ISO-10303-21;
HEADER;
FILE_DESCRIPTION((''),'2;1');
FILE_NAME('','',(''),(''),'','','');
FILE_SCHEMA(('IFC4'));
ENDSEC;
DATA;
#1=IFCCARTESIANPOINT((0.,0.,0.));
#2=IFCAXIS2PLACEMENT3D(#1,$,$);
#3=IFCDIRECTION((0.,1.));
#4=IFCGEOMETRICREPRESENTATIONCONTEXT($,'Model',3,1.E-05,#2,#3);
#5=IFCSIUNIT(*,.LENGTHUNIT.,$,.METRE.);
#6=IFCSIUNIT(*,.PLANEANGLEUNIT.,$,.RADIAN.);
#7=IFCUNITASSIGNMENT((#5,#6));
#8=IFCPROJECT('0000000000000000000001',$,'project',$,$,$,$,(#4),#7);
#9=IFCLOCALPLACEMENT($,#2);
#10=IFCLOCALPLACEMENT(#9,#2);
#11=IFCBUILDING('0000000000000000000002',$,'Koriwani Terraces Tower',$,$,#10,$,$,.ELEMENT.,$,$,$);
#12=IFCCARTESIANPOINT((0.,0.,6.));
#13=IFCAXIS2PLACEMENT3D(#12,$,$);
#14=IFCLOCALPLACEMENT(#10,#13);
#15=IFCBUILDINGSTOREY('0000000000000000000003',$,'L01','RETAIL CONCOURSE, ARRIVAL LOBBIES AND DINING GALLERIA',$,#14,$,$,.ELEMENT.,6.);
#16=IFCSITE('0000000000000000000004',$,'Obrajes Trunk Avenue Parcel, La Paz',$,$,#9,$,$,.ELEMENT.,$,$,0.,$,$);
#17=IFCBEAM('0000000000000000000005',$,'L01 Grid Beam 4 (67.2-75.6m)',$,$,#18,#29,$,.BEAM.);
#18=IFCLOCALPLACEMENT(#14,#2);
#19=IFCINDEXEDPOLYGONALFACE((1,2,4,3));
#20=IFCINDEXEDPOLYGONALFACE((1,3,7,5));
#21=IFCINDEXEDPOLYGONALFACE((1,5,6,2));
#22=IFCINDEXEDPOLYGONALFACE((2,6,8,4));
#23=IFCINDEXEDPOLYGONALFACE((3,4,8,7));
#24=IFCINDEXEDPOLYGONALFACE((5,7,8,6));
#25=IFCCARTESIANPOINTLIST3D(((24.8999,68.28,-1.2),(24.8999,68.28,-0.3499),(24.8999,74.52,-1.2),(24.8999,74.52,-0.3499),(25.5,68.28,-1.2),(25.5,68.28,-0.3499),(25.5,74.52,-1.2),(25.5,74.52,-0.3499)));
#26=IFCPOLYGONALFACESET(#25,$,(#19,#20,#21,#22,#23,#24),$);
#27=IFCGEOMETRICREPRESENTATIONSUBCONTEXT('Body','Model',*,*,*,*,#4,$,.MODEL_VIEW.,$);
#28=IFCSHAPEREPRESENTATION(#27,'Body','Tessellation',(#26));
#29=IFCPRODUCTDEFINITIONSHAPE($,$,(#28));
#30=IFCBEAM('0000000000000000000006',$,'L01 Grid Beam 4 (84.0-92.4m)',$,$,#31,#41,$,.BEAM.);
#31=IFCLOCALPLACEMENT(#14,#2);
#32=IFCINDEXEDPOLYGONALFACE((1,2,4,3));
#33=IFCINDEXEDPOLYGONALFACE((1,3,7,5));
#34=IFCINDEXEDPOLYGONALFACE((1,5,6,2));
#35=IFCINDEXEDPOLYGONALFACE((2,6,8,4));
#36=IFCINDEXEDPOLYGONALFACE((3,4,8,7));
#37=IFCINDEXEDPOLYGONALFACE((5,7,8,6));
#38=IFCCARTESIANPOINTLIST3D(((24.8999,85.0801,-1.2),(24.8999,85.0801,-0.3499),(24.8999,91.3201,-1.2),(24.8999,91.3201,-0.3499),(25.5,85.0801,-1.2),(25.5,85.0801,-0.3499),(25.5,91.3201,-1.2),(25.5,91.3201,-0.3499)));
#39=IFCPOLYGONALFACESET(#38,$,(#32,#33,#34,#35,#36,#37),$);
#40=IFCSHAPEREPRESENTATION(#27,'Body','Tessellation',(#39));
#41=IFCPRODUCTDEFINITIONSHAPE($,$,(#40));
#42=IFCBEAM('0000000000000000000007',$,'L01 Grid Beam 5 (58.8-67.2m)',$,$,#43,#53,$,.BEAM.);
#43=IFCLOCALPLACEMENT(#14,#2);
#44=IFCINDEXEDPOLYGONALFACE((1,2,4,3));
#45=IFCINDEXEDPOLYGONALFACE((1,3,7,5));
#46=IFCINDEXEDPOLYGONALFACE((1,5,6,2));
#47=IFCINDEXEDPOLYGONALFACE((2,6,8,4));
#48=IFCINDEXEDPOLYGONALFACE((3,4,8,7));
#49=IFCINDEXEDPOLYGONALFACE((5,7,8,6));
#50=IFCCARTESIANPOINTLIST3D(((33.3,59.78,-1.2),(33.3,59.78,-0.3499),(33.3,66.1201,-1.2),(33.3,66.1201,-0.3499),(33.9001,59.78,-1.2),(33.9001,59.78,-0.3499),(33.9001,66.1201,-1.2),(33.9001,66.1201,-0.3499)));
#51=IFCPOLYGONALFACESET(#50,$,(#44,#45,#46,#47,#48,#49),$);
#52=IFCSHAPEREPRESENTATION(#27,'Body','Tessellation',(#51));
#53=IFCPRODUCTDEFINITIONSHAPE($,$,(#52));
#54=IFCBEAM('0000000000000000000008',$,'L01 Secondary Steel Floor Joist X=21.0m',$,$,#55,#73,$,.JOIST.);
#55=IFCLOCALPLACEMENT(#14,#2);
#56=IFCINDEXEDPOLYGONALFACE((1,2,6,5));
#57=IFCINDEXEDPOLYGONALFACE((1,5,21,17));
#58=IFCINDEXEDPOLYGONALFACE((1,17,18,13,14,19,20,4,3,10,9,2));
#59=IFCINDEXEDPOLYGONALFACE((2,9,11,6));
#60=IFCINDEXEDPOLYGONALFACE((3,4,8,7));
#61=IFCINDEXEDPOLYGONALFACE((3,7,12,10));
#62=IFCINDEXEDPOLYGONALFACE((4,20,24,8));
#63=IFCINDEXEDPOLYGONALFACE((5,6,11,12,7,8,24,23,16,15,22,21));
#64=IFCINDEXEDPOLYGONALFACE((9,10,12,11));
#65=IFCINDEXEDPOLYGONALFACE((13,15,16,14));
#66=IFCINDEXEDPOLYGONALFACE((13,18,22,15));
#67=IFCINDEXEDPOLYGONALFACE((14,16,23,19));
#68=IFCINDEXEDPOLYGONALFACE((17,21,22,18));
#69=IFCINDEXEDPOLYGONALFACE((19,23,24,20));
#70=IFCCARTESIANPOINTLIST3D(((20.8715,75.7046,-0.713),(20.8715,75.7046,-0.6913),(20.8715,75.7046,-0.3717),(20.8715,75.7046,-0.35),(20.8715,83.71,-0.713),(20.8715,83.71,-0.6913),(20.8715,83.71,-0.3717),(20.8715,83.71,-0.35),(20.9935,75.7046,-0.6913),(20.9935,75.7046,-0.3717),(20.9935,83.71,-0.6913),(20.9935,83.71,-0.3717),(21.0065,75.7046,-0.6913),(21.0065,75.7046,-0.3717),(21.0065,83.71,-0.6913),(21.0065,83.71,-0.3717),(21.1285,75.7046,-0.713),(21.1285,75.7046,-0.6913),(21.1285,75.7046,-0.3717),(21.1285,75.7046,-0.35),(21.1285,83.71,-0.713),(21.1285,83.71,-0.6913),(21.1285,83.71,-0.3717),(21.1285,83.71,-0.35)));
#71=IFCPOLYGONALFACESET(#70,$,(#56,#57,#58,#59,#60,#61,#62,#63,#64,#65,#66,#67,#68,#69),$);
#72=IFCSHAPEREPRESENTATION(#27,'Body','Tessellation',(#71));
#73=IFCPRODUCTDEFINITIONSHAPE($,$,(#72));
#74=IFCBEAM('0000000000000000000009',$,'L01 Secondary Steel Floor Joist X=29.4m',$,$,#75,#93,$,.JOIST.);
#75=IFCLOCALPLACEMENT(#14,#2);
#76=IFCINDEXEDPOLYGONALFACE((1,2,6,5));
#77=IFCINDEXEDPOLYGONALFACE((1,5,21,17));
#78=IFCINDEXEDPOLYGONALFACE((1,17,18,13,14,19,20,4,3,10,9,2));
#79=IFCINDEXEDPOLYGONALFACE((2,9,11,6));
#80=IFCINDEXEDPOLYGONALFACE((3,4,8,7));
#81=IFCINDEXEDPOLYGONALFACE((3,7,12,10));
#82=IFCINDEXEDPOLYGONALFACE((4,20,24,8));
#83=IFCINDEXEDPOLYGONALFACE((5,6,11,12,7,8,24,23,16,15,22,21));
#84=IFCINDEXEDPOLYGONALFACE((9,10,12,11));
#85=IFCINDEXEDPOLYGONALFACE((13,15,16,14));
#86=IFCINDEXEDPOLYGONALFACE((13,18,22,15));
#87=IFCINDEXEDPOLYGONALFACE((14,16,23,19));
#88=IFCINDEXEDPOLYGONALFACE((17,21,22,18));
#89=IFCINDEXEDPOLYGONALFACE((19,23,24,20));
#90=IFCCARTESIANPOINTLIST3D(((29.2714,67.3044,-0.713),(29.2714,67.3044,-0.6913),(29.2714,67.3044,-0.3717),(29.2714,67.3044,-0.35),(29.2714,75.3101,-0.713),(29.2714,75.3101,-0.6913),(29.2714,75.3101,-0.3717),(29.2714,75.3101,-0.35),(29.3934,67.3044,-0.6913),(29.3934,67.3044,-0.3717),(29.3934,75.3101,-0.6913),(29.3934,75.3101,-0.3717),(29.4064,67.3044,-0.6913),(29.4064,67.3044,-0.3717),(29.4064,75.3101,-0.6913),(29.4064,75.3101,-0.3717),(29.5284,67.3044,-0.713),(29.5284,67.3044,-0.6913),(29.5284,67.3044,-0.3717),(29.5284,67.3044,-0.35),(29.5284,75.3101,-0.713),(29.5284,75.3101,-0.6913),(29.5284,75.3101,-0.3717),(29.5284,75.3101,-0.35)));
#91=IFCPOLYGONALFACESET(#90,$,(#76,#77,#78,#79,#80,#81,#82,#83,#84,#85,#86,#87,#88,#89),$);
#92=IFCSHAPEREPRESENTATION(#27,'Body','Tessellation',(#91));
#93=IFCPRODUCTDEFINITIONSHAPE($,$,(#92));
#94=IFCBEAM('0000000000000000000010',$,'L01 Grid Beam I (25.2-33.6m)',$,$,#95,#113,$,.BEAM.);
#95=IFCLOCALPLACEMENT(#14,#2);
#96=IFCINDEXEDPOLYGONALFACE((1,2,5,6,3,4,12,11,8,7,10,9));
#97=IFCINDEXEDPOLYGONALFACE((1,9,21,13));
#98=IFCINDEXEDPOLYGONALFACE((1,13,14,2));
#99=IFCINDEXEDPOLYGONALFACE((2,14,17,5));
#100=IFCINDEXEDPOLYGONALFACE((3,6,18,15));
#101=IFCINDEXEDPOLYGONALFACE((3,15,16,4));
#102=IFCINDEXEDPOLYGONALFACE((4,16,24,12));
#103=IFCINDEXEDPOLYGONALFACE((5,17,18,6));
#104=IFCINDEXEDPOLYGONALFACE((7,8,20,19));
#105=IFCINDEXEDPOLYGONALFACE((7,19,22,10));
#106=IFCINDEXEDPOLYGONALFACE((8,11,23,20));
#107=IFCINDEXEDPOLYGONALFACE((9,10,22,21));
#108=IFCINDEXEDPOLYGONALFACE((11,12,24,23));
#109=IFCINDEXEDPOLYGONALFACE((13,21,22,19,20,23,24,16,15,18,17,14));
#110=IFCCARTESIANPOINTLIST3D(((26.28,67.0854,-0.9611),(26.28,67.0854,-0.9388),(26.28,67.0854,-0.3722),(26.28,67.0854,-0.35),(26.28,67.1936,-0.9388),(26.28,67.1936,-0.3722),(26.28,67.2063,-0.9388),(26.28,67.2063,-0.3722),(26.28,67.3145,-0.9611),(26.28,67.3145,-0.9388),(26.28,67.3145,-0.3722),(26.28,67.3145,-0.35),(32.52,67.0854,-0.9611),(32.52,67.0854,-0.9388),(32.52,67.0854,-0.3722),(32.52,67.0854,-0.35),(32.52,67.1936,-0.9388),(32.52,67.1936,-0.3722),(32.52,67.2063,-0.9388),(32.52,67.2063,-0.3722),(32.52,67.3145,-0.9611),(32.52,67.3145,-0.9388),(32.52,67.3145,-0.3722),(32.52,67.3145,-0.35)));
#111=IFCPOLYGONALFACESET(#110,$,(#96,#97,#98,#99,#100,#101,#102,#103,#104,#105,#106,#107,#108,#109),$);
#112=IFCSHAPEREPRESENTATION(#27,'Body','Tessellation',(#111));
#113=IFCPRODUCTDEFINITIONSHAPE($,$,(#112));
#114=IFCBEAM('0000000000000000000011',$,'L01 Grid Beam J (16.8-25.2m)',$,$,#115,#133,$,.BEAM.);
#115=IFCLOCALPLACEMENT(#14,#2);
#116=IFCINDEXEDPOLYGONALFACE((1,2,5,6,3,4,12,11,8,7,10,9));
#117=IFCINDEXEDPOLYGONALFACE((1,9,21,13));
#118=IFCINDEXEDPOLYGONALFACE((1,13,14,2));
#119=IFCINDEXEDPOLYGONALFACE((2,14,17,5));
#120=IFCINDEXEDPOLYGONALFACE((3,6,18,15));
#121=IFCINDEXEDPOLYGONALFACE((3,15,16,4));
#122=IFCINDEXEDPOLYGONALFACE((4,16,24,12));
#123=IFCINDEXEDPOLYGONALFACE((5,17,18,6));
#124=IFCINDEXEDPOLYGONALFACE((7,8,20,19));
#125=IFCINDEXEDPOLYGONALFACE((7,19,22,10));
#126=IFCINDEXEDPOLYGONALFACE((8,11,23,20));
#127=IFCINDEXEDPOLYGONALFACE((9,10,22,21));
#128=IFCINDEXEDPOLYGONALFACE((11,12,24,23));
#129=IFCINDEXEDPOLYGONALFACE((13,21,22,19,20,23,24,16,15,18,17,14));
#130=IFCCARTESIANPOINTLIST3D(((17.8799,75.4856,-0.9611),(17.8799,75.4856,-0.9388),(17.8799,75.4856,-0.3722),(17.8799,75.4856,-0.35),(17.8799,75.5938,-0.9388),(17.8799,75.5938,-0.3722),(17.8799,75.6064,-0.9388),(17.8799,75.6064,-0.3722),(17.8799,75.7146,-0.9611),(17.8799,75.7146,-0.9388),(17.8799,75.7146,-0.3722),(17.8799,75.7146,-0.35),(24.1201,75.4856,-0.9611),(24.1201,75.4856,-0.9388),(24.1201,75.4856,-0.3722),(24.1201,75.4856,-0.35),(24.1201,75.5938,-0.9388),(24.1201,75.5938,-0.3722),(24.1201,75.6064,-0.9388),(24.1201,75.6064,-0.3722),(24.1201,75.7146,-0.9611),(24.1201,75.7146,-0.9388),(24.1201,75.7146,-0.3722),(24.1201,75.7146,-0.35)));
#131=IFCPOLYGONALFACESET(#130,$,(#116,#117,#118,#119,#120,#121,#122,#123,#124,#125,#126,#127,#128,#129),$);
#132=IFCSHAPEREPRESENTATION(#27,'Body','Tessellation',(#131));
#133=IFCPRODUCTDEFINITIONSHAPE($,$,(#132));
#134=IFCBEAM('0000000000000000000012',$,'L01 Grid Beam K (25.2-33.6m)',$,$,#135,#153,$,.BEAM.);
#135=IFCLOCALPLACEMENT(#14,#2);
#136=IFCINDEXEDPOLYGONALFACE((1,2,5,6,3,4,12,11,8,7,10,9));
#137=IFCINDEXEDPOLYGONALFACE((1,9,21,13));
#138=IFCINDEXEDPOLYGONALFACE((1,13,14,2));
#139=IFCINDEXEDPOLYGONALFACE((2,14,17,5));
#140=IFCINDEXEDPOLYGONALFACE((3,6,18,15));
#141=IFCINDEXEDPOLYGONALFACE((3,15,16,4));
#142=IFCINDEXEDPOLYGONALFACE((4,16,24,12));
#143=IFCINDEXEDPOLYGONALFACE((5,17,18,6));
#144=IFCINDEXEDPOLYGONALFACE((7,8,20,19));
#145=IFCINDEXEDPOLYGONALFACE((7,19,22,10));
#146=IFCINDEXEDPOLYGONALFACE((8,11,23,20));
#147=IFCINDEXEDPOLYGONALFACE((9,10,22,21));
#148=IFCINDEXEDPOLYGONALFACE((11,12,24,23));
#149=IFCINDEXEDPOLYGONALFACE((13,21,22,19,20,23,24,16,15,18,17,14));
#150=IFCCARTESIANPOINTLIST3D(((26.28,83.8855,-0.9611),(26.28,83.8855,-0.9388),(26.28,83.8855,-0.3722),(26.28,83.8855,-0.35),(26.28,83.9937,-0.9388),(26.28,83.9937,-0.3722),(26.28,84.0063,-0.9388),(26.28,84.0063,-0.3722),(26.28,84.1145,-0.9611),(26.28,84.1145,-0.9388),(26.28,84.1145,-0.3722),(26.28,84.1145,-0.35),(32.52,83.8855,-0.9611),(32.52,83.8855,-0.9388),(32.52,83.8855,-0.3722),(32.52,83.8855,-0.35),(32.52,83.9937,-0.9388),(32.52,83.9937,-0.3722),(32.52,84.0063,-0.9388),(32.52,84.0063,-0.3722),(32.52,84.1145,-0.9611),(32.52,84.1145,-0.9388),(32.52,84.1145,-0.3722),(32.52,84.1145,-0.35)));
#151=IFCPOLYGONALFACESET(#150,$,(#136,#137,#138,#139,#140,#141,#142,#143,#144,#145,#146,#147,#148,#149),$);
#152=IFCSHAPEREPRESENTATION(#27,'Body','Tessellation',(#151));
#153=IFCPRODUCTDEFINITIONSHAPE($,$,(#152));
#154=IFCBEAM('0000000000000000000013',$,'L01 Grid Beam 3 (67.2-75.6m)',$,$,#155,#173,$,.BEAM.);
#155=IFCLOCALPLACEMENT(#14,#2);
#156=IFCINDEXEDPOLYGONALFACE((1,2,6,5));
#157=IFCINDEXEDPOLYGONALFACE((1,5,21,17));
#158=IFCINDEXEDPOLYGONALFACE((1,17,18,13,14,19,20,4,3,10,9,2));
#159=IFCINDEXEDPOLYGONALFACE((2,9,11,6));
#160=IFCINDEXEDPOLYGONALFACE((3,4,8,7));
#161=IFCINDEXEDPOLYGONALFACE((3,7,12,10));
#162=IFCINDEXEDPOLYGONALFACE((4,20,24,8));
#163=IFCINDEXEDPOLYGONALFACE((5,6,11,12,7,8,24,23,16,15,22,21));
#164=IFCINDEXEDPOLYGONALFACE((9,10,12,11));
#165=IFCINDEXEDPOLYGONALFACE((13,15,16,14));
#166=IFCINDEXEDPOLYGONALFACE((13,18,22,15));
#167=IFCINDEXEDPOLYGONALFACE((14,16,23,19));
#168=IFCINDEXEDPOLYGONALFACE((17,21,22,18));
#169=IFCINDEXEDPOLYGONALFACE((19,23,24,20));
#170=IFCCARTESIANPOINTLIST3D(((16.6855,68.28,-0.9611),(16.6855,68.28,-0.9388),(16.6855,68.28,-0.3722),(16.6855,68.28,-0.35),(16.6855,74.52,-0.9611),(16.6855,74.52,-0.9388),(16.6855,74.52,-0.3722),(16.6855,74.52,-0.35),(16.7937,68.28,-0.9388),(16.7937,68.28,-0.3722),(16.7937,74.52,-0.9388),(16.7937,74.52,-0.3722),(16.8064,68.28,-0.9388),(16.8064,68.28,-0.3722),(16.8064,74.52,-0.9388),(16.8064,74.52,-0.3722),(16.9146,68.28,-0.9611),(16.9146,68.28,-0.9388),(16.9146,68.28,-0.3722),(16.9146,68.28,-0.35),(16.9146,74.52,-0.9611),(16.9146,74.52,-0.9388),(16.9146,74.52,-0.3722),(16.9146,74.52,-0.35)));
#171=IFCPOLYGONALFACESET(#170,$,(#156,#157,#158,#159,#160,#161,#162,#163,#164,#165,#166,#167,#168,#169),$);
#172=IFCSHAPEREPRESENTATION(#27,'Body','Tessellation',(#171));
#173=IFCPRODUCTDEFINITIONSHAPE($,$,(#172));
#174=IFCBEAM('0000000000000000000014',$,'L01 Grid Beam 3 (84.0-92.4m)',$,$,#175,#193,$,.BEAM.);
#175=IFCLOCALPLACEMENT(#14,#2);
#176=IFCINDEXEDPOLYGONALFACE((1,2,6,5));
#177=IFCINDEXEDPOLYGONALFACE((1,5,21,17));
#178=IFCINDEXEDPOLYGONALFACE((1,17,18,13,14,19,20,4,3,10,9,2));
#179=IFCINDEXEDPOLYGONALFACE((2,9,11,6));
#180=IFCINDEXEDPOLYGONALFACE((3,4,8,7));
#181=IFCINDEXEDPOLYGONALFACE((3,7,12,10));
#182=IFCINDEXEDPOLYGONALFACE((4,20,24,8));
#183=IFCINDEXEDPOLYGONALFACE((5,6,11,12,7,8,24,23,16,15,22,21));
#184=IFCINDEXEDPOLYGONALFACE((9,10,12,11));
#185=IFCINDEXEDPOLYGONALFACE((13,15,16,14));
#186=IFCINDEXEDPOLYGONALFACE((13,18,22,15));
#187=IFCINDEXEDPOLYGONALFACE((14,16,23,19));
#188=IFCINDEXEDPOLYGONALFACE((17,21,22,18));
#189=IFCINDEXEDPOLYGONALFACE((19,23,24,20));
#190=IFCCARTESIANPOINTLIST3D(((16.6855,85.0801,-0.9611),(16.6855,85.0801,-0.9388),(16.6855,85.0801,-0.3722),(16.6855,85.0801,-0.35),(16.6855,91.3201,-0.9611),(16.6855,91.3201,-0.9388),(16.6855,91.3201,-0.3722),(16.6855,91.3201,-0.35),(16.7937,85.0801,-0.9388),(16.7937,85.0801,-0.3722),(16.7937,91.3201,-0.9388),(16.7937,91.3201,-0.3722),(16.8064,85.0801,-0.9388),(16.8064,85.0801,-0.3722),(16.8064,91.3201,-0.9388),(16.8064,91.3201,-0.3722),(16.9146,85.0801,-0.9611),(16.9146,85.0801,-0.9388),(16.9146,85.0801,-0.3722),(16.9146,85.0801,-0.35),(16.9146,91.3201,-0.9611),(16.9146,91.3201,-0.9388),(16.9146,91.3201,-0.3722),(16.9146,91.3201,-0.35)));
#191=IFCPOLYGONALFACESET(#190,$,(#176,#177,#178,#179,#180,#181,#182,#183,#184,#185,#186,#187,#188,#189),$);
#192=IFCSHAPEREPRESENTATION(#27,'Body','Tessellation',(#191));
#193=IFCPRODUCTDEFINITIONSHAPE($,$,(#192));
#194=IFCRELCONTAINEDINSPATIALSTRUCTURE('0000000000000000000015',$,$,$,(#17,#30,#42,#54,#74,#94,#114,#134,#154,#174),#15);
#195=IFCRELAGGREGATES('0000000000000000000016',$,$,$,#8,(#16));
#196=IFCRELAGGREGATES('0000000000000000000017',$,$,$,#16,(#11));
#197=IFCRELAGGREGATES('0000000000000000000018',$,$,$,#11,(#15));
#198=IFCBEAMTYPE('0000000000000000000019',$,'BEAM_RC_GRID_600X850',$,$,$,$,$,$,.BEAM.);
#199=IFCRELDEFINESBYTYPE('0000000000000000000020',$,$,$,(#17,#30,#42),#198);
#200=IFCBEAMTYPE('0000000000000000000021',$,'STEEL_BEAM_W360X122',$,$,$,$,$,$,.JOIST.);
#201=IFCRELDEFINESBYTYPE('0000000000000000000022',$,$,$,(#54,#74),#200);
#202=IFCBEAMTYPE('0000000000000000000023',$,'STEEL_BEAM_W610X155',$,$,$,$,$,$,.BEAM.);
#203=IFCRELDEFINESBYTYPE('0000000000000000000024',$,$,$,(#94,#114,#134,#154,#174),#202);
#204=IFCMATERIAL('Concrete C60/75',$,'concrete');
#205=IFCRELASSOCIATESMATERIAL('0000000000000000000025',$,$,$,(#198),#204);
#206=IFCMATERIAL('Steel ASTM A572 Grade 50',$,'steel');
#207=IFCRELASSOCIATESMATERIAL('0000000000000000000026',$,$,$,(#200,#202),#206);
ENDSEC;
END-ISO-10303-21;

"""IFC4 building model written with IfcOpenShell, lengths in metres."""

from ifc_helpers import new_model, si_unit, direction, frame, origin, origin_2d, place, context, subcontext, project, spatial, rectangle, i_section, extrude, material, material_profile, profile_set, type_object, element, save


model = new_model("IFC4")

# Units and contexts
model_context = context("Model", 3, precision=1e-05, world=origin(), true_north=direction((0.0, 1.0)))
body_context = subcontext(model_context, "Body", "Model", "MODEL_VIEW")
ifc_project = project(units=[si_unit("LENGTHUNIT", "METRE"), si_unit("PLANEANGLEUNIT", "RADIAN")], contexts=[model_context])

# Site, building, storey
site_placement = place(None, origin())
site = spatial("IfcSite", under=ifc_project, at=site_placement, Name="Obrajes Trunk Avenue Parcel, La Paz", CompositionType="ELEMENT", RefElevation=0.0)
building_placement = place(site_placement, origin())
building = spatial("IfcBuilding", under=site, at=building_placement, Name="Koriwani Terraces Tower", CompositionType="ELEMENT")
storey_placement = place(building_placement, frame((0.0, 0.0, 6.0)))
storey = spatial("IfcBuildingStorey", under=building, at=storey_placement, Name="L01", Description="RETAIL CONCOURSE, ARRIVAL LOBBIES AND DINING GALLERIA", CompositionType="ELEMENT", Elevation=6.0)

# Shared definitions
ifc_material_1 = material(Name="Concrete C60/75", Category="concrete")

# Beams
ifc_material_profile_1 = material_profile(ifc_material_1, rectangle(XDim=0.6001, YDim=0.8501, at=origin_2d()), Name="Concrete C60/75", Category="LoadBearing")
ifc_profile_set_1 = profile_set([ifc_material_profile_1], Name="Concrete C60/75")
beam_type_1 = type_object("IfcBeamType", Name="BEAM_RC_GRID_600X850", PredefinedType="BEAM", material=ifc_profile_set_1)
for number, where, z_axis, x_axis, name in (
    (1, (25.2, 68.28, -0.7749), (0.0, 1.0, 0.0), (-1.0, 0.0, 0.0), "L01 Grid Beam 4 (67.2-75.6m)"),
    (2, (25.2, 85.0801, -0.7749), (0.0, 1.0, 0.0), (-1.0, 0.0, 0.0), "L01 Grid Beam 4 (84.0-92.4m)"),
):
    element("IfcBeam", number, at=place(storey_placement, frame(where, z_axis=z_axis, x_axis=x_axis)), inside=storey, type_object=beam_type_1, Name=name, PredefinedType="BEAM", context=body_context, shape_type="SweptSolid", body=[
        extrude(rectangle(XDim=0.6001, YDim=0.8501, at=origin_2d()), origin(), (0.0, 0.0, 1.0), 6.24),
    ])
beam_1_placement = place(storey_placement, frame((33.6001, 59.78, -0.7749), z_axis=(0.0, 1.0, 0.0), x_axis=(-1.0, 0.0, 0.0)))
element("IfcBeam", 3, at=beam_1_placement, inside=storey, type_object=beam_type_1, Name="L01 Grid Beam 5 (58.8-67.2m)", PredefinedType="BEAM", context=body_context, shape_type="SweptSolid", body=[
    extrude(rectangle(XDim=0.6001, YDim=0.8501, at=origin_2d()), origin(), (0.0, 0.0, 1.0), 6.3401),
])
ifc_material_2 = material(Name="Steel ASTM A572 Grade 50", Category="steel")
ifc_material_profile_2 = material_profile(ifc_material_2, i_section(OverallWidth=0.2571, OverallDepth=0.363, WebThickness=0.0129, FlangeThickness=0.0217, at=origin_2d()), Name="Steel ASTM A572 Grade 50", Category="LoadBearing")
ifc_profile_set_2 = profile_set([ifc_material_profile_2], Name="Steel ASTM A572 Grade 50")
beam_type_2 = type_object("IfcBeamType", Name="STEEL_BEAM_W360X122", PredefinedType="JOIST", material=ifc_profile_set_2)
beam_2_placement = place(storey_placement, frame((21.0, 75.7046, -0.5315), z_axis=(0.0, 1.0, 0.0), x_axis=(-1.0, 0.0, 0.0)))
element("IfcBeam", 4, at=beam_2_placement, inside=storey, type_object=beam_type_2, Name="L01 Secondary Steel Floor Joist X=21.0m", PredefinedType="JOIST", context=body_context, shape_type="SweptSolid", body=[
    extrude(i_section(OverallWidth=0.2571, OverallDepth=0.363, WebThickness=0.0129, FlangeThickness=0.0217, at=origin_2d()), origin(), (0.0, 0.0, 1.0), 8.0054),
])
beam_3_placement = place(storey_placement, frame((29.3999, 67.3044, -0.5315), z_axis=(0.0, 1.0, 0.0), x_axis=(-1.0, 0.0, 0.0)))
element("IfcBeam", 5, at=beam_3_placement, inside=storey, type_object=beam_type_2, Name="L01 Secondary Steel Floor Joist X=29.4m", PredefinedType="JOIST", context=body_context, shape_type="SweptSolid", body=[
    extrude(i_section(OverallWidth=0.2571, OverallDepth=0.363, WebThickness=0.0129, FlangeThickness=0.0217, at=origin_2d()), origin(), (0.0, 0.0, 1.0), 8.0056),
])
ifc_material_profile_3 = material_profile(ifc_material_2, i_section(OverallWidth=0.229, OverallDepth=0.6111, WebThickness=0.0127, FlangeThickness=0.0222, at=origin_2d()), Name="Steel ASTM A572 Grade 50", Category="LoadBearing")
ifc_profile_set_3 = profile_set([ifc_material_profile_3], Name="Steel ASTM A572 Grade 50")
beam_type_3 = type_object("IfcBeamType", Name="STEEL_BEAM_W610X155", PredefinedType="BEAM", material=ifc_profile_set_3)
beam_4_placement = place(storey_placement, frame((26.28, 67.2, -0.6555), z_axis=(1.0, 0.0, 0.0), x_axis=(0.0, 1.0, 0.0)))
element("IfcBeam", 6, at=beam_4_placement, inside=storey, type_object=beam_type_3, Name="L01 Grid Beam I (25.2-33.6m)", PredefinedType="BEAM", context=body_context, shape_type="SweptSolid", body=[
    extrude(i_section(OverallWidth=0.229, OverallDepth=0.6111, WebThickness=0.0127, FlangeThickness=0.0222, at=origin_2d()), origin(), (0.0, 0.0, 1.0), 6.24),
])
beam_5_placement = place(storey_placement, frame((17.8799, 75.6001, -0.6555), z_axis=(1.0, 0.0, 0.0), x_axis=(0.0, 1.0, 0.0)))
element("IfcBeam", 7, at=beam_5_placement, inside=storey, type_object=beam_type_3, Name="L01 Grid Beam J (16.8-25.2m)", PredefinedType="BEAM", context=body_context, shape_type="SweptSolid", body=[
    extrude(i_section(OverallWidth=0.229, OverallDepth=0.6111, WebThickness=0.0127, FlangeThickness=0.0222, at=origin_2d()), origin(), (0.0, 0.0, 1.0), 6.2402),
])
for number, where, z_axis, x_axis, name in (
    (8, (26.28, 84.0, -0.6555), (1.0, 0.0, 0.0), (0.0, 1.0, 0.0), "L01 Grid Beam K (25.2-33.6m)"),
    (9, (16.8, 68.28, -0.6555), (0.0, 1.0, 0.0), (-1.0, 0.0, 0.0), "L01 Grid Beam 3 (67.2-75.6m)"),
    (10, (16.8, 85.0801, -0.6555), (0.0, 1.0, 0.0), (-1.0, 0.0, 0.0), "L01 Grid Beam 3 (84.0-92.4m)"),
):
    element("IfcBeam", number, at=place(storey_placement, frame(where, z_axis=z_axis, x_axis=x_axis)), inside=storey, type_object=beam_type_3, Name=name, PredefinedType="BEAM", context=body_context, shape_type="SweptSolid", body=[
        extrude(i_section(OverallWidth=0.229, OverallDepth=0.6111, WebThickness=0.0127, FlangeThickness=0.0222, at=origin_2d()), origin(), (0.0, 0.0, 1.0), 6.24),
    ])

save(model, "model.ifc")
